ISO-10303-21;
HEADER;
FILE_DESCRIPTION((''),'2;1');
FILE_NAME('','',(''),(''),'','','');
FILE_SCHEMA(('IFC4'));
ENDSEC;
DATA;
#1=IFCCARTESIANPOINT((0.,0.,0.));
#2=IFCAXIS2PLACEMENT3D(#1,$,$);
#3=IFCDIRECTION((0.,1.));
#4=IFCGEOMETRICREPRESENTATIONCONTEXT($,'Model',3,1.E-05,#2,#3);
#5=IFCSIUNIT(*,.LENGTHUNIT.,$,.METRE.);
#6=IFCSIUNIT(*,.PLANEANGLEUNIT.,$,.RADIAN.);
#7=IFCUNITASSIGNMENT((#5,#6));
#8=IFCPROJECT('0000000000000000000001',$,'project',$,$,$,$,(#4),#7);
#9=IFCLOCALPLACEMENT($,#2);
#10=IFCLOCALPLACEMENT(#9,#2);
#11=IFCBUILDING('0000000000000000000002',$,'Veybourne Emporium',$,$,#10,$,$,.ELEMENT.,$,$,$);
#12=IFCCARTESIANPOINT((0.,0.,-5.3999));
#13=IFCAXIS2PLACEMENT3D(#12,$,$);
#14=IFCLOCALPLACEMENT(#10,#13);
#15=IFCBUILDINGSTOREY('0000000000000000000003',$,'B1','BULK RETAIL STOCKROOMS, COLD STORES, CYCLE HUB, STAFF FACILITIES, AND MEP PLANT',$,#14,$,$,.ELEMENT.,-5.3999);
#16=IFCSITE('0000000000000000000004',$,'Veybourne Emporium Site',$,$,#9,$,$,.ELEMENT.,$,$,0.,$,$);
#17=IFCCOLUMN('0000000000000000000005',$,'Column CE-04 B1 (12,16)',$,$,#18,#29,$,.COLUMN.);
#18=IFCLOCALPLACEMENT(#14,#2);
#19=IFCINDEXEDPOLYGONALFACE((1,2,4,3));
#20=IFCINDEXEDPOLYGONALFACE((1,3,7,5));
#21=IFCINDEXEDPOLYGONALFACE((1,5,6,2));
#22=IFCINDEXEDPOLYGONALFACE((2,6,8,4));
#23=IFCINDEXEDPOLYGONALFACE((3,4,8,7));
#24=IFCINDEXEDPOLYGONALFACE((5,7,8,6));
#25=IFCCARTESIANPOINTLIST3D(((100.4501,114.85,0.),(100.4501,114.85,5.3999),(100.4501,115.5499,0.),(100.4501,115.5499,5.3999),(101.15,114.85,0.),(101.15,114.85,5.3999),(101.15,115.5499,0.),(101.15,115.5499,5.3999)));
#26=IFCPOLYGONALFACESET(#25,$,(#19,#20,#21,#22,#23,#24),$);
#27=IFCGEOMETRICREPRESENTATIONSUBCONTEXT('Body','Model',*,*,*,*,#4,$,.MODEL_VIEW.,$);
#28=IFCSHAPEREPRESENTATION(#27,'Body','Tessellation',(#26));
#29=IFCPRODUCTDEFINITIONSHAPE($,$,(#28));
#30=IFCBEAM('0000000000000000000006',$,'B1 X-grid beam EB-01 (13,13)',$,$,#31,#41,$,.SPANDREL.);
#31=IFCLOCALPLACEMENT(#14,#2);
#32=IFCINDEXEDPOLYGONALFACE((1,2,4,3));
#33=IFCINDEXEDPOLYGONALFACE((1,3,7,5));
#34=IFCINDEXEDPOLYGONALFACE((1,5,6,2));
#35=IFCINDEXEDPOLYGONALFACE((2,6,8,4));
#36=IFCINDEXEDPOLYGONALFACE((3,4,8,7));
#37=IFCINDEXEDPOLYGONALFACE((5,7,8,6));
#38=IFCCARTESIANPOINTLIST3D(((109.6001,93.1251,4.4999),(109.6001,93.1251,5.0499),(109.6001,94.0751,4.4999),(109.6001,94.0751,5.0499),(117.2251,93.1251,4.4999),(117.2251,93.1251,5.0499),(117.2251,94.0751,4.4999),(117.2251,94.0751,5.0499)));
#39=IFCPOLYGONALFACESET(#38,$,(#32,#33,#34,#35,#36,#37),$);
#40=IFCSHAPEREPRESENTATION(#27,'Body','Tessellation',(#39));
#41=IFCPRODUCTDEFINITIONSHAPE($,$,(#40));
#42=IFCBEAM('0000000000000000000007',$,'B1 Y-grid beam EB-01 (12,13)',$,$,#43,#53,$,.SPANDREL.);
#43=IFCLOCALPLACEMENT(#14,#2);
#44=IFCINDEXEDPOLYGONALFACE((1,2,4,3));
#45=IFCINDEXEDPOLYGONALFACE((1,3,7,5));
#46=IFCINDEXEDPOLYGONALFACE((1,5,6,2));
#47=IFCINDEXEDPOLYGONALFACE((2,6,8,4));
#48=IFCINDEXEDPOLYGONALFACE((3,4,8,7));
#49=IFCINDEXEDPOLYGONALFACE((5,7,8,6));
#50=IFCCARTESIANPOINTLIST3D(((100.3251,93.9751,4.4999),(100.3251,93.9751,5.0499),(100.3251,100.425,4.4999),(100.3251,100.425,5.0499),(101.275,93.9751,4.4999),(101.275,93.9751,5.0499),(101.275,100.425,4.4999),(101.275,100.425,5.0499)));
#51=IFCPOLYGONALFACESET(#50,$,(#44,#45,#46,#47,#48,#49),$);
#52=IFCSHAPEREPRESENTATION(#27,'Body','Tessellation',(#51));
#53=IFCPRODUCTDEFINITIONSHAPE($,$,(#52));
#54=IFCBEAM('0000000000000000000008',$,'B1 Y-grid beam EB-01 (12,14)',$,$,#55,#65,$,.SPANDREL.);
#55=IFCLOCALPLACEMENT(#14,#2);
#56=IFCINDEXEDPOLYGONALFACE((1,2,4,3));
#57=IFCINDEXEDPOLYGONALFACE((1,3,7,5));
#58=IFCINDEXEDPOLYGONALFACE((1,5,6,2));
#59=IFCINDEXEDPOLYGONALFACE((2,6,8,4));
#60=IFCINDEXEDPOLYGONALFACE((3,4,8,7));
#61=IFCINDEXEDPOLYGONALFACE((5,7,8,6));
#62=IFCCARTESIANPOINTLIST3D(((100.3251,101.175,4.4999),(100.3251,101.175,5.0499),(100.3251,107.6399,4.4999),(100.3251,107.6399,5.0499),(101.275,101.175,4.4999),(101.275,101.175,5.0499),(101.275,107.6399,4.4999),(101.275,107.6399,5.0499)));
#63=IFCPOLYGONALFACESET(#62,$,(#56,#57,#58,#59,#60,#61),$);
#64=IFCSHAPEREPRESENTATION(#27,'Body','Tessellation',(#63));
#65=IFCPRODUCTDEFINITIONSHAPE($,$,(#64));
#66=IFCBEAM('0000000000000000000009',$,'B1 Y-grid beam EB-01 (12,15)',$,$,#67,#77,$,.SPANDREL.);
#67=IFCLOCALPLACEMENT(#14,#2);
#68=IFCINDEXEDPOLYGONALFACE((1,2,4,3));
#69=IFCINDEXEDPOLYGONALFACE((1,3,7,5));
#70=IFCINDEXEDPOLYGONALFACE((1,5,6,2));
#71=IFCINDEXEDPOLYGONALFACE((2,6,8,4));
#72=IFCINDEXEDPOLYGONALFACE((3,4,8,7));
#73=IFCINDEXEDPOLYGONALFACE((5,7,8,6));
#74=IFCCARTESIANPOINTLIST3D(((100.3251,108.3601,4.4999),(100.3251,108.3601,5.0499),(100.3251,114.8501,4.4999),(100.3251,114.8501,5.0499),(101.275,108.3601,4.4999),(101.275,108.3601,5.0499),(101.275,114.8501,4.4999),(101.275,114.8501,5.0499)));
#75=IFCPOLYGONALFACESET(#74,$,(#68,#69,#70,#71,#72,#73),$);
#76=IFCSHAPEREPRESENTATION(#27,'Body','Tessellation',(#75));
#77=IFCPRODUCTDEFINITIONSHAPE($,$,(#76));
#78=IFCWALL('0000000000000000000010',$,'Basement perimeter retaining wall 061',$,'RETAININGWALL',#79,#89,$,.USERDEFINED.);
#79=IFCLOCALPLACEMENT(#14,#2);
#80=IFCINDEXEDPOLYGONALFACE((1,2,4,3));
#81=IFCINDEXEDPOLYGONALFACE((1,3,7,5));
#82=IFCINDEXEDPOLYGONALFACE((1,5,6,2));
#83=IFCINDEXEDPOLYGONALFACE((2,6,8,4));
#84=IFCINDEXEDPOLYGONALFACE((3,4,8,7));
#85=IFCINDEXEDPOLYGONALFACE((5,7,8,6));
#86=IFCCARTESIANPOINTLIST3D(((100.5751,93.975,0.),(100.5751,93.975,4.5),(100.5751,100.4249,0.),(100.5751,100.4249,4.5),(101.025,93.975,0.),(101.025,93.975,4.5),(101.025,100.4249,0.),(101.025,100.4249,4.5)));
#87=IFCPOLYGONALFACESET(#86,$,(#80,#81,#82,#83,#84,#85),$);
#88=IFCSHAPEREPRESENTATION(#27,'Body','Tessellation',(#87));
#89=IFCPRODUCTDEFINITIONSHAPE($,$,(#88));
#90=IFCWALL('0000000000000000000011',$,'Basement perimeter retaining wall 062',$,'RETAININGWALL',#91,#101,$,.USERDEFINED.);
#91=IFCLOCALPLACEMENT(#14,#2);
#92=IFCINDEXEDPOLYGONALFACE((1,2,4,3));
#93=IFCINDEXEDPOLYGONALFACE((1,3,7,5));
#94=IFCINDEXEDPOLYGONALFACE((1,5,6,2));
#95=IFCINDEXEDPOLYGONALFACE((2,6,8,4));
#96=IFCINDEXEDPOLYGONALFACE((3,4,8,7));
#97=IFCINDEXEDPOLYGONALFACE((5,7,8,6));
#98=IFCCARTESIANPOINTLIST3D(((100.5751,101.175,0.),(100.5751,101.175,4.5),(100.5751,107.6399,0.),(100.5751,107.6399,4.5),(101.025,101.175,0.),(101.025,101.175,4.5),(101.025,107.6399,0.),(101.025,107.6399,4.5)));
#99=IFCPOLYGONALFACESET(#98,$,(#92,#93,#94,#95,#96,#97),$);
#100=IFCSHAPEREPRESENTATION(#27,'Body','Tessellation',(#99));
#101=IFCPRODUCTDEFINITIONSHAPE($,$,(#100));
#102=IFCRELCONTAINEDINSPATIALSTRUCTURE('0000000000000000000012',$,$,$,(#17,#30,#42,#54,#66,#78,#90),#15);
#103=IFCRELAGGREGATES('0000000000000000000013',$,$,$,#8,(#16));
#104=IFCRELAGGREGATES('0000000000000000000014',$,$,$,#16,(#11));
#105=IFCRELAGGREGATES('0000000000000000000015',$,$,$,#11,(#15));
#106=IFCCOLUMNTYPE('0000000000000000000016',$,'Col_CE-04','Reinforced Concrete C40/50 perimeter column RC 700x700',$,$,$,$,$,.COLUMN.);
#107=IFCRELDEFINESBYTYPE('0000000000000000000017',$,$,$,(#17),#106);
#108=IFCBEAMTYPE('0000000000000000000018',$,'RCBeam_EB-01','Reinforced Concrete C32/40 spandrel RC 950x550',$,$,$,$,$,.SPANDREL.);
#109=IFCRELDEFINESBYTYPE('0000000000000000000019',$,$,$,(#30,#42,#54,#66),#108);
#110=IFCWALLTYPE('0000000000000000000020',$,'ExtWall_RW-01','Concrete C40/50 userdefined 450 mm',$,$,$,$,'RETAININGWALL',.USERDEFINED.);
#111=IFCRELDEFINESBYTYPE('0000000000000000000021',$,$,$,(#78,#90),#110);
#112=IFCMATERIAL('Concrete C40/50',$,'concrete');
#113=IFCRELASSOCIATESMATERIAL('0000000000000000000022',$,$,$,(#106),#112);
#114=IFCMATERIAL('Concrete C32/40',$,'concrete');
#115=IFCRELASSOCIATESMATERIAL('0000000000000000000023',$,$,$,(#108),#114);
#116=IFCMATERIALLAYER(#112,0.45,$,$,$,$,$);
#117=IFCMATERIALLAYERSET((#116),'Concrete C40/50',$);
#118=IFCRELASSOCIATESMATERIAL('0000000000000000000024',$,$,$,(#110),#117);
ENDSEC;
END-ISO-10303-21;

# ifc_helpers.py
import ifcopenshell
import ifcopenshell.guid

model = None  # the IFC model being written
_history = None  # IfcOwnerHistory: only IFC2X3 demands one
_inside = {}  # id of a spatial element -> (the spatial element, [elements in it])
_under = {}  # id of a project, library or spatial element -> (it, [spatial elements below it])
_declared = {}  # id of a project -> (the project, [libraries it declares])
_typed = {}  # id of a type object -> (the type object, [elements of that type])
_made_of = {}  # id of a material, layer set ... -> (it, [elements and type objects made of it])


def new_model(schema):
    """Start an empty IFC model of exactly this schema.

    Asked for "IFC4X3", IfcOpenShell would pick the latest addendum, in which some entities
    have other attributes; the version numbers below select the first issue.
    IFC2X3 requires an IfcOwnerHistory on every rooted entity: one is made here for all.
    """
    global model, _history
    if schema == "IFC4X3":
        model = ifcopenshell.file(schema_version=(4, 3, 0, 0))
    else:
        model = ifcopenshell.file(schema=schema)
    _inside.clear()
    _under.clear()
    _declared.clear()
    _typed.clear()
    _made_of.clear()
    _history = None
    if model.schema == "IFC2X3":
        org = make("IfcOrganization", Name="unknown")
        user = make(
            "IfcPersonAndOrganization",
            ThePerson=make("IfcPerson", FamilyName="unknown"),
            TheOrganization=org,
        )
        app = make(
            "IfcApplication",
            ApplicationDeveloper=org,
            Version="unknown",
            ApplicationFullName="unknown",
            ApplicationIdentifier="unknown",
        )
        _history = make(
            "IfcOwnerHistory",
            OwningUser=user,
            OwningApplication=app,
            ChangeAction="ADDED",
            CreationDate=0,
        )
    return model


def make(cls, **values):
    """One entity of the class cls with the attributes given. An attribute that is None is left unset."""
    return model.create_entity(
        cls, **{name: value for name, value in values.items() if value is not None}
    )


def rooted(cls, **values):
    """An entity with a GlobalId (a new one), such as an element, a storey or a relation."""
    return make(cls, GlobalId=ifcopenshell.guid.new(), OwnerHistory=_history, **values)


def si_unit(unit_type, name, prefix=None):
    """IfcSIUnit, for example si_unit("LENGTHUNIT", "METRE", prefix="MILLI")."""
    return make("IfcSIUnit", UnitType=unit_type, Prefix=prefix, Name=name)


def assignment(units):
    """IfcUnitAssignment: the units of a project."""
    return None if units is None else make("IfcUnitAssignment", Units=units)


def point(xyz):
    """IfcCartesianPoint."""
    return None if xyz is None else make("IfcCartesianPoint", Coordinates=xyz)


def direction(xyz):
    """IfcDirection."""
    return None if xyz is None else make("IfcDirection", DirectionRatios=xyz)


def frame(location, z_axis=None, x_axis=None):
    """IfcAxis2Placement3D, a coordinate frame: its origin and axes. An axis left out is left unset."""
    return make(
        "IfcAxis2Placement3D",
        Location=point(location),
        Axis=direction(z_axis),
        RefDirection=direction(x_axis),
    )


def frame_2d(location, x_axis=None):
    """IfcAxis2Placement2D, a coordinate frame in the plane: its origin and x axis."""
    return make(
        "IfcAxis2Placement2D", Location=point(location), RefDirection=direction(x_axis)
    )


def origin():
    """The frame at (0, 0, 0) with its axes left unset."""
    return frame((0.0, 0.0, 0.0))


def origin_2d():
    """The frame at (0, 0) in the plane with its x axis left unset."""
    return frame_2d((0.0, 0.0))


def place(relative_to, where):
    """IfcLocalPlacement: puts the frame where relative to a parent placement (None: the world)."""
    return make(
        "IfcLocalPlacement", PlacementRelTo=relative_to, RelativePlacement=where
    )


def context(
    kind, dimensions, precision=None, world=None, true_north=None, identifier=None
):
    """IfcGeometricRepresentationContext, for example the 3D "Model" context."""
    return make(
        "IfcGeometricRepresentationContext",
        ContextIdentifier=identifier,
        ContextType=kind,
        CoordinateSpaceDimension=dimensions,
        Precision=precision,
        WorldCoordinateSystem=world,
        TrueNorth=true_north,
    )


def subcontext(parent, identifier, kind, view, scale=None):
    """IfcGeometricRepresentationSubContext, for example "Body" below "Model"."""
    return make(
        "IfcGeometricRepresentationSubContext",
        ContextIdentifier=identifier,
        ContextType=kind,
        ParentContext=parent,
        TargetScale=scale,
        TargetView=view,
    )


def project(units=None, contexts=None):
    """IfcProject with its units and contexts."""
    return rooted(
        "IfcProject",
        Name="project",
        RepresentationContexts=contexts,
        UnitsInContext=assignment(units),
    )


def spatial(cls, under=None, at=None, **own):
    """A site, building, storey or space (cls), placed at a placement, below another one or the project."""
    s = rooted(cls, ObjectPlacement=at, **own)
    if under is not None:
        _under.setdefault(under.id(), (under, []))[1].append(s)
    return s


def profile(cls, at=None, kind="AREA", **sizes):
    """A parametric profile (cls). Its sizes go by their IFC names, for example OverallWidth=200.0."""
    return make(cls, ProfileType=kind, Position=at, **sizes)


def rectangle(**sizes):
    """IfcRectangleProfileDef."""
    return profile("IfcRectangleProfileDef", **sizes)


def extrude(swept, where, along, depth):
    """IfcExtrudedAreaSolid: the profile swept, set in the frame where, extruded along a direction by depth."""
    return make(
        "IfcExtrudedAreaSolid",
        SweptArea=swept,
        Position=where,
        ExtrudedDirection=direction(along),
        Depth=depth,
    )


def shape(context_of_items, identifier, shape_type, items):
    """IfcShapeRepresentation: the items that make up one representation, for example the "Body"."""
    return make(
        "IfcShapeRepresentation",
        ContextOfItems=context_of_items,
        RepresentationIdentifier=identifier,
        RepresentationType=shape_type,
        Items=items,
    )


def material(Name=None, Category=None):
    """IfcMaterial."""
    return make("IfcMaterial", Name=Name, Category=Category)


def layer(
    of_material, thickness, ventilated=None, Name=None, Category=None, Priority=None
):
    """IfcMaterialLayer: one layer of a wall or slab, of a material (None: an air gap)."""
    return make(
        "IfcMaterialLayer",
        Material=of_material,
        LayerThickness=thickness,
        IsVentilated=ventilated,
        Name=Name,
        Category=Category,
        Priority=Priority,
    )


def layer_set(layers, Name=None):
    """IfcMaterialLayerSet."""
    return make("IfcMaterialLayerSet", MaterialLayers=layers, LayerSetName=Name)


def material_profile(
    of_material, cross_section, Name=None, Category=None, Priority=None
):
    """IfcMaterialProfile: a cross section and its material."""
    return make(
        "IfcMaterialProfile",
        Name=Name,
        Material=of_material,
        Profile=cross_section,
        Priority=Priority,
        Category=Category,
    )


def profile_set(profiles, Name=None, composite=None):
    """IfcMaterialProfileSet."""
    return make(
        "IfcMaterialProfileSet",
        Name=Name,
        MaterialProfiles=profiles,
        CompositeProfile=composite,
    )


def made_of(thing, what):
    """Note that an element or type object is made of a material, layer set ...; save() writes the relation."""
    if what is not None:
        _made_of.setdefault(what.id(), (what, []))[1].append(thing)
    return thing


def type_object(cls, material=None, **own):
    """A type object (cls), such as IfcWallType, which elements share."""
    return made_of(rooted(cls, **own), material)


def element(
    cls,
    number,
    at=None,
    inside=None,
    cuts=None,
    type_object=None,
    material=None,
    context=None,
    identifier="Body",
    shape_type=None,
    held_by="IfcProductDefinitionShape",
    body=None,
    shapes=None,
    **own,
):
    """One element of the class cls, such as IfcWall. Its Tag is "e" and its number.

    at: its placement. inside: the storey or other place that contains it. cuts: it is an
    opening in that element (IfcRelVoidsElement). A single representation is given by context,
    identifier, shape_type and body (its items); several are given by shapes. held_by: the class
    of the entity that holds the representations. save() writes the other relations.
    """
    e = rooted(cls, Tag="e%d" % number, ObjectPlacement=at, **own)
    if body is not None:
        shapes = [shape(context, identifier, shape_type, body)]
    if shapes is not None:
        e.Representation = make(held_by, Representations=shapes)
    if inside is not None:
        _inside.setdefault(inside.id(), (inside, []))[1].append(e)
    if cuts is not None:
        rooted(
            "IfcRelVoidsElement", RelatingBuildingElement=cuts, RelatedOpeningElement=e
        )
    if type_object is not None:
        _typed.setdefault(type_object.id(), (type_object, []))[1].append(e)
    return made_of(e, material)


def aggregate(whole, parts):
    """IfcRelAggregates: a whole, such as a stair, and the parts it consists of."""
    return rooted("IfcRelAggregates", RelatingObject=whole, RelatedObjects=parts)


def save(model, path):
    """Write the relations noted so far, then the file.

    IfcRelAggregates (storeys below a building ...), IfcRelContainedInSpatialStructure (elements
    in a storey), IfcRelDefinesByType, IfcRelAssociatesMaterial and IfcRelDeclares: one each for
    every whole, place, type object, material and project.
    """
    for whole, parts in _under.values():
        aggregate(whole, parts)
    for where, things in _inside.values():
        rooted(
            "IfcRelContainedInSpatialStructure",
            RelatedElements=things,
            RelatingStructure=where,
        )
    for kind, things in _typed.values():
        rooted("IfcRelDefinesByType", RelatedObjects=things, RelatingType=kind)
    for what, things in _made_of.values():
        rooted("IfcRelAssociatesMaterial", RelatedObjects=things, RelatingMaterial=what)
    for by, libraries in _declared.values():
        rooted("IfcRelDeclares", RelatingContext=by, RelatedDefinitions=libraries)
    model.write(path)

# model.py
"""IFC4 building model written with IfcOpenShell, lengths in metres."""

from ifc_helpers import new_model, si_unit, direction, frame, frame_2d, origin, origin_2d, place, context, subcontext, project, spatial, rectangle, extrude, material, layer, layer_set, material_profile, profile_set, type_object, element, save


model = new_model("IFC4")

# Units and contexts
model_context = context("Model", 3, precision=1e-05, world=origin(), true_north=direction((0.0, 1.0)))
body_context = subcontext(model_context, "Body", "Model", "MODEL_VIEW")
ifc_project = project(units=[si_unit("LENGTHUNIT", "METRE"), si_unit("PLANEANGLEUNIT", "RADIAN")], contexts=[model_context])

# Site, building, storey
site_placement = place(None, origin())
site = spatial("IfcSite", under=ifc_project, at=site_placement, Name="Veybourne Emporium Site", CompositionType="ELEMENT", RefElevation=0.0)
building_placement = place(site_placement, origin())
building = spatial("IfcBuilding", under=site, at=building_placement, Name="Veybourne Emporium", CompositionType="ELEMENT")
storey_placement = place(building_placement, frame((0.0, 0.0, -5.3999)))
storey = spatial("IfcBuildingStorey", under=building, at=storey_placement, Name="B1", Description="BULK RETAIL STOCKROOMS, COLD STORES, CYCLE HUB, STAFF FACILITIES, AND MEP PLANT", CompositionType="ELEMENT", Elevation=-5.3999)

# Column
ifc_material_1 = material(Name="Concrete C40/50", Category="concrete")
ifc_material_profile_1 = material_profile(ifc_material_1, rectangle(XDim=0.7, YDim=0.7, at=origin_2d()), Name="RC 700x700")
ifc_profile_set_1 = profile_set([ifc_material_profile_1], Name="Concrete C40/50")
column_type_1 = type_object("IfcColumnType", Name="Col_CE-04", Description="Reinforced Concrete C40/50 perimeter column RC 700x700", PredefinedType="COLUMN", material=ifc_profile_set_1)
column_1_placement = place(storey_placement, frame((100.8, 115.2, 0.0), z_axis=(0.0, 0.0, 1.0), x_axis=(1.0, 0.0, 0.0)))
element("IfcColumn", 1, at=column_1_placement, inside=storey, type_object=column_type_1, Name="Column CE-04 B1 (12,16)", PredefinedType="COLUMN", context=body_context, shape_type="SweptSolid", body=[
    extrude(rectangle(XDim=0.7, YDim=0.7, at=origin_2d()), origin(), (0.0, 0.0, 1.0), 5.3999),
])

# Beams
ifc_material_2 = material(Name="Concrete C32/40", Category="concrete")
ifc_material_profile_2 = material_profile(ifc_material_2, rectangle(XDim=0.95, YDim=0.55, at=origin_2d()), Name="RC 950x550")
ifc_profile_set_2 = profile_set([ifc_material_profile_2], Name="Concrete C32/40")
beam_type = type_object("IfcBeamType", Name="RCBeam_EB-01", Description="Reinforced Concrete C32/40 spandrel RC 950x550", PredefinedType="SPANDREL", material=ifc_profile_set_2)
beam_1_placement = place(storey_placement, frame((109.6001, 93.6001, 4.7749), z_axis=(1.0, 0.0, 0.0), x_axis=(0.0, 1.0, 0.0)))
element("IfcBeam", 2, at=beam_1_placement, inside=storey, type_object=beam_type, Name="B1 X-grid beam EB-01 (13,13)", PredefinedType="SPANDREL", context=body_context, shape_type="SweptSolid", body=[
    extrude(rectangle(XDim=0.95, YDim=0.55, at=origin_2d()), origin(), (0.0, 0.0, 1.0), 7.625),
])
beam_2_placement = place(storey_placement, frame((100.8, 93.9751, 4.7749), z_axis=(0.0, 1.0, 0.0), x_axis=(-1.0, 0.0, 0.0)))
element("IfcBeam", 3, at=beam_2_placement, inside=storey, type_object=beam_type, Name="B1 Y-grid beam EB-01 (12,13)", PredefinedType="SPANDREL", context=body_context, shape_type="SweptSolid", body=[
    extrude(rectangle(XDim=0.95, YDim=0.55, at=origin_2d()), origin(), (0.0, 0.0, 1.0), 6.45),
])
beam_3_placement = place(storey_placement, frame((100.8, 101.175, 4.7749), z_axis=(0.0, 1.0, 0.0), x_axis=(-1.0, 0.0, 0.0)))
element("IfcBeam", 4, at=beam_3_placement, inside=storey, type_object=beam_type, Name="B1 Y-grid beam EB-01 (12,14)", PredefinedType="SPANDREL", context=body_context, shape_type="SweptSolid", body=[
    extrude(rectangle(XDim=0.95, YDim=0.55, at=origin_2d()), origin(), (0.0, 0.0, 1.0), 6.4648),
])
beam_4_placement = place(storey_placement, frame((100.8, 108.3601, 4.7749), z_axis=(0.0, 1.0, 0.0), x_axis=(-1.0, 0.0, 0.0)))
element("IfcBeam", 5, at=beam_4_placement, inside=storey, type_object=beam_type, Name="B1 Y-grid beam EB-01 (12,15)", PredefinedType="SPANDREL", context=body_context, shape_type="SweptSolid", body=[
    extrude(rectangle(XDim=0.95, YDim=0.55, at=origin_2d()), origin(), (0.0, 0.0, 1.0), 6.49),
])

# Walls
ifc_layer = layer(ifc_material_1, 0.45)
ifc_layer_set = layer_set([ifc_layer], Name="Concrete C40/50")
wall_type = type_object("IfcWallType", Name="ExtWall_RW-01", Description="Concrete C40/50 userdefined 450 mm", ElementType="RETAININGWALL", PredefinedType="USERDEFINED", material=ifc_layer_set)
wall_1_placement = place(storey_placement, frame((100.8, 100.425, 0.0), z_axis=(0.0, 0.0, 1.0), x_axis=(0.0, -1.0, 0.0)))
element("IfcWall", 6, at=wall_1_placement, inside=storey, type_object=wall_type, Name="Basement perimeter retaining wall 061", ObjectType="RETAININGWALL", PredefinedType="USERDEFINED", context=body_context, shape_type="SweptSolid", body=[
    extrude(rectangle(XDim=6.45, YDim=0.45, at=frame_2d((3.2251, 0.0))), origin(), (0.0, 0.0, 1.0), 4.5),
])
wall_2_placement = place(storey_placement, frame((100.8, 107.6399, 0.0), z_axis=(0.0, 0.0, 1.0), x_axis=(0.0, -1.0, 0.0)))
element("IfcWall", 7, at=wall_2_placement, inside=storey, type_object=wall_type, Name="Basement perimeter retaining wall 062", ObjectType="RETAININGWALL", PredefinedType="USERDEFINED", context=body_context, shape_type="SweptSolid", body=[
    extrude(rectangle(XDim=6.4648, YDim=0.45, at=frame_2d((3.2324, 0.0))), origin(), (0.0, 0.0, 1.0), 4.5),
])

save(model, "model.ifc")
